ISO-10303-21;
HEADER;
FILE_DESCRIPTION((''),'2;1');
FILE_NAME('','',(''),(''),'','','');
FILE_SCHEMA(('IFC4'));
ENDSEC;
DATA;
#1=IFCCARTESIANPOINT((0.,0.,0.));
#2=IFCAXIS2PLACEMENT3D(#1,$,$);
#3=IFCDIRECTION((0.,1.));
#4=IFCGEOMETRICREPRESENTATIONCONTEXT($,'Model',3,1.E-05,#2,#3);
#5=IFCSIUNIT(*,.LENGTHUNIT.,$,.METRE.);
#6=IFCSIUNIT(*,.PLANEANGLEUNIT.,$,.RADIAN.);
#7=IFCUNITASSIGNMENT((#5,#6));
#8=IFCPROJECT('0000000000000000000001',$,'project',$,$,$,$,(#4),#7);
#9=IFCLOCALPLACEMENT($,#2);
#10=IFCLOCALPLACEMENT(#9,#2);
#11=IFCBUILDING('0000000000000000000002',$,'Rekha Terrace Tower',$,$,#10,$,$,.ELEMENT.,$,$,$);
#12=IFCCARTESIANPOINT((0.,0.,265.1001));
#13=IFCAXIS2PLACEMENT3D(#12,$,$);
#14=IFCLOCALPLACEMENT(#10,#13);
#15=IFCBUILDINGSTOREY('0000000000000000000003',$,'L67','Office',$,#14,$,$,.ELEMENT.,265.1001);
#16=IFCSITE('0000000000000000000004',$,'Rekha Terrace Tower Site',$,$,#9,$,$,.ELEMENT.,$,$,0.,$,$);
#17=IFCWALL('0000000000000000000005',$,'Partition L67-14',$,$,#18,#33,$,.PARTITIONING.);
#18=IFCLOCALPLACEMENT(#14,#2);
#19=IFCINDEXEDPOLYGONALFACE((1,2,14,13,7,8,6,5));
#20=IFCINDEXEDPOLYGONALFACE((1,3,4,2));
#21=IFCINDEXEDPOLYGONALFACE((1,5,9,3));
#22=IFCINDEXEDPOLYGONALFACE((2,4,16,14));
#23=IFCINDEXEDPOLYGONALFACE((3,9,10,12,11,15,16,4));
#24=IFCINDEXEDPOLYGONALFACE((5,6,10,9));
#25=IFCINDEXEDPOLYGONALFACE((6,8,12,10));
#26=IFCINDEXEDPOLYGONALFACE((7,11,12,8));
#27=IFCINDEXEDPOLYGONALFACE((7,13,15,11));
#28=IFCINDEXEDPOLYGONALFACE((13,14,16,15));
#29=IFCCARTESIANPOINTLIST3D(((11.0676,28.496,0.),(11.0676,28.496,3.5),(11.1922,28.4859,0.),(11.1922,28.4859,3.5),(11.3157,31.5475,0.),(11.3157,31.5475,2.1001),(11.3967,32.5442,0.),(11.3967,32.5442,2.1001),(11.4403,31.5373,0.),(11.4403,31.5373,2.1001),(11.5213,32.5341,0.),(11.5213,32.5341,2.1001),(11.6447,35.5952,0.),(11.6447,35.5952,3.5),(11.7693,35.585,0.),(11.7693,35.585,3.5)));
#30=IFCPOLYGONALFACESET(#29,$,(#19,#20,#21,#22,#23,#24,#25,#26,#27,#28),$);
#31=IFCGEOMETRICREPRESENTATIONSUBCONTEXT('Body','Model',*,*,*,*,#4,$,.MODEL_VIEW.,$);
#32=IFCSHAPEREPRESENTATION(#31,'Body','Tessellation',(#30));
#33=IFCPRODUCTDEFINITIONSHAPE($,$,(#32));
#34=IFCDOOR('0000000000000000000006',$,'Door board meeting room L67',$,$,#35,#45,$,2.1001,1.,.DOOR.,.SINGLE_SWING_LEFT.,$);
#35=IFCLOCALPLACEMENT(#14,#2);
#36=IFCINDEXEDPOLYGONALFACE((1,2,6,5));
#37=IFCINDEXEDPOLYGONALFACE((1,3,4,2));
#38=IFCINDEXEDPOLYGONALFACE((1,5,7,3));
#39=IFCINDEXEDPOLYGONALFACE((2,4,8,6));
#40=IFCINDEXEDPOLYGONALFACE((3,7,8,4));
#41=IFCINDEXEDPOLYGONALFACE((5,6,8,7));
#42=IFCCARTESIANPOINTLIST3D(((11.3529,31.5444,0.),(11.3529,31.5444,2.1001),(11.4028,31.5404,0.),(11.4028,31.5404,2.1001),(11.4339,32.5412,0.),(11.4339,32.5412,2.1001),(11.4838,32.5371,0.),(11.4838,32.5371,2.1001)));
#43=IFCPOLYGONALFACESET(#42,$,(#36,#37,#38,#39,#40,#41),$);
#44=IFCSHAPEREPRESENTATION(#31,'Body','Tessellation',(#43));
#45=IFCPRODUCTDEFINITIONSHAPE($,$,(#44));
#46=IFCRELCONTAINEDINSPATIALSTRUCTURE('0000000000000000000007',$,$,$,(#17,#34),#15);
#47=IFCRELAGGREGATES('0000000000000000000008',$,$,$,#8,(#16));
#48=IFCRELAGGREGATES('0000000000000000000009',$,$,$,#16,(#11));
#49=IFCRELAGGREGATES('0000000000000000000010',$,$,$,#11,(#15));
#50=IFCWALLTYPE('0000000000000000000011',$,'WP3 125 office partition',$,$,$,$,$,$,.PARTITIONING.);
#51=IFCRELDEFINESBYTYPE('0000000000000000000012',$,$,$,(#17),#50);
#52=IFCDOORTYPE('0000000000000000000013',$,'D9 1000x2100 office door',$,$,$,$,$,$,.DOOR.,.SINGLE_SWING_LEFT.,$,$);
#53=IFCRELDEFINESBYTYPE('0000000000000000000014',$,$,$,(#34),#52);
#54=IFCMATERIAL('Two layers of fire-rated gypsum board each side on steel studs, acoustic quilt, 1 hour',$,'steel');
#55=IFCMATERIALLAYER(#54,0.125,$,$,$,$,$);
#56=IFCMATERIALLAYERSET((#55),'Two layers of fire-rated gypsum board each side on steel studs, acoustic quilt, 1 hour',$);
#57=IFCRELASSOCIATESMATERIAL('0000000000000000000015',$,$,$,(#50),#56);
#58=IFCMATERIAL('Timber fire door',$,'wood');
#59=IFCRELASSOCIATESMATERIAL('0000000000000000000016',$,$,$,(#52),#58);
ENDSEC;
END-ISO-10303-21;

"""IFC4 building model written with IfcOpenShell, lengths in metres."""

from ifc_helpers import new_model, si_unit, direction, frame, frame_2d, origin, place, context, subcontext, project, spatial, rectangle, extrude, material, layer, layer_set, type_object, element, fill, save


model = new_model("IFC4")

# Units and contexts
model_context = context("Model", 3, precision=1e-05, world=origin(), true_north=direction((0.0, 1.0)))
body_context = subcontext(model_context, "Body", "Model", "MODEL_VIEW")
ifc_project = project(units=[si_unit("LENGTHUNIT", "METRE"), si_unit("PLANEANGLEUNIT", "RADIAN")], contexts=[model_context])

# Site, building, storey
site_placement = place(None, origin())
site = spatial("IfcSite", under=ifc_project, at=site_placement, Name="Rekha Terrace Tower Site", CompositionType="ELEMENT", RefElevation=0.0)
building_placement = place(site_placement, origin())
building = spatial("IfcBuilding", under=site, at=building_placement, Name="Rekha Terrace Tower", CompositionType="ELEMENT")
storey_placement = place(building_placement, frame((0.0, 0.0, 265.1001)))
storey = spatial("IfcBuildingStorey", under=building, at=storey_placement, Name="L67", Description="Office", CompositionType="ELEMENT", Elevation=265.1001)

# Shared definitions
ifc_material_1 = material(Name="Two layers of fire-rated gypsum board each side on steel studs, acoustic quilt, 1 hour", Category="steel")
ifc_layer_1 = layer(ifc_material_1, 0.125)
ifc_layer_set_1 = layer_set([ifc_layer_1], Name="Two layers of fire-rated gypsum board each side on steel studs, acoustic quilt, 1 hour")
wall_type = type_object("IfcWallType", Name="WP3 125 office partition", PredefinedType="PARTITIONING", material=ifc_layer_set_1)

# Wall, opening, door
ifc_material_2 = material(Name="Timber fire door", Category="wood")
door_type = type_object("IfcDoorType", Name="D9 1000x2100 office door", OperationType="SINGLE_SWING_LEFT", PredefinedType="DOOR", material=ifc_material_2)
wall_1_placement = place(storey_placement, frame((11.707, 35.5901, 0.0), z_axis=(0.0, 0.0, 1.0), x_axis=(-0.081031, -0.996712, 0.0)))
wall_1 = element("IfcWall", 1, at=wall_1_placement, inside=storey, type_object=wall_type, Name="Partition L67-14", PredefinedType="PARTITIONING", context=body_context, shape_type="SweptSolid", body=[
    extrude(rectangle(XDim=7.1226, YDim=0.125, at=frame_2d((3.5613, 0.0))), origin(), (0.0, 0.0, 1.0), 3.5),
])
opening_1_placement = place(wall_1_placement, frame((3.061, 0.0, 0.0)))
opening_1 = element("IfcOpeningElement", 2, at=opening_1_placement, cuts=wall_1, PredefinedType="OPENING", context=body_context, shape_type="SweptSolid", body=[
    extrude(rectangle(XDim=1.0, YDim=2.1001, at=frame_2d((0.5, 1.05))), frame((0.0, 0.0725, 0.0), z_axis=(0.0, -1.0, 0.0), x_axis=(1.0, 0.0, 0.0)), (0.0, 0.0, 1.0), 0.145),
])
door_1_placement = place(opening_1_placement, origin())
door_1 = element("IfcDoor", 3, at=door_1_placement, inside=storey, type_object=door_type, Name="Door board meeting room L67", OperationType="SINGLE_SWING_LEFT", OverallHeight=2.1001, OverallWidth=1.0, PredefinedType="DOOR", context=body_context, shape_type="SweptSolid", body=[
    extrude(rectangle(XDim=1.0, YDim=2.1001, at=frame_2d((0.5, 1.05))), frame((0.0, 0.0249, 0.0), z_axis=(0.0, -1.0, 0.0), x_axis=(1.0, 0.0, 0.0)), (0.0, 0.0, 1.0), 0.05),
])
fill(opening_1, door_1)

save(model, "model.ifc")
